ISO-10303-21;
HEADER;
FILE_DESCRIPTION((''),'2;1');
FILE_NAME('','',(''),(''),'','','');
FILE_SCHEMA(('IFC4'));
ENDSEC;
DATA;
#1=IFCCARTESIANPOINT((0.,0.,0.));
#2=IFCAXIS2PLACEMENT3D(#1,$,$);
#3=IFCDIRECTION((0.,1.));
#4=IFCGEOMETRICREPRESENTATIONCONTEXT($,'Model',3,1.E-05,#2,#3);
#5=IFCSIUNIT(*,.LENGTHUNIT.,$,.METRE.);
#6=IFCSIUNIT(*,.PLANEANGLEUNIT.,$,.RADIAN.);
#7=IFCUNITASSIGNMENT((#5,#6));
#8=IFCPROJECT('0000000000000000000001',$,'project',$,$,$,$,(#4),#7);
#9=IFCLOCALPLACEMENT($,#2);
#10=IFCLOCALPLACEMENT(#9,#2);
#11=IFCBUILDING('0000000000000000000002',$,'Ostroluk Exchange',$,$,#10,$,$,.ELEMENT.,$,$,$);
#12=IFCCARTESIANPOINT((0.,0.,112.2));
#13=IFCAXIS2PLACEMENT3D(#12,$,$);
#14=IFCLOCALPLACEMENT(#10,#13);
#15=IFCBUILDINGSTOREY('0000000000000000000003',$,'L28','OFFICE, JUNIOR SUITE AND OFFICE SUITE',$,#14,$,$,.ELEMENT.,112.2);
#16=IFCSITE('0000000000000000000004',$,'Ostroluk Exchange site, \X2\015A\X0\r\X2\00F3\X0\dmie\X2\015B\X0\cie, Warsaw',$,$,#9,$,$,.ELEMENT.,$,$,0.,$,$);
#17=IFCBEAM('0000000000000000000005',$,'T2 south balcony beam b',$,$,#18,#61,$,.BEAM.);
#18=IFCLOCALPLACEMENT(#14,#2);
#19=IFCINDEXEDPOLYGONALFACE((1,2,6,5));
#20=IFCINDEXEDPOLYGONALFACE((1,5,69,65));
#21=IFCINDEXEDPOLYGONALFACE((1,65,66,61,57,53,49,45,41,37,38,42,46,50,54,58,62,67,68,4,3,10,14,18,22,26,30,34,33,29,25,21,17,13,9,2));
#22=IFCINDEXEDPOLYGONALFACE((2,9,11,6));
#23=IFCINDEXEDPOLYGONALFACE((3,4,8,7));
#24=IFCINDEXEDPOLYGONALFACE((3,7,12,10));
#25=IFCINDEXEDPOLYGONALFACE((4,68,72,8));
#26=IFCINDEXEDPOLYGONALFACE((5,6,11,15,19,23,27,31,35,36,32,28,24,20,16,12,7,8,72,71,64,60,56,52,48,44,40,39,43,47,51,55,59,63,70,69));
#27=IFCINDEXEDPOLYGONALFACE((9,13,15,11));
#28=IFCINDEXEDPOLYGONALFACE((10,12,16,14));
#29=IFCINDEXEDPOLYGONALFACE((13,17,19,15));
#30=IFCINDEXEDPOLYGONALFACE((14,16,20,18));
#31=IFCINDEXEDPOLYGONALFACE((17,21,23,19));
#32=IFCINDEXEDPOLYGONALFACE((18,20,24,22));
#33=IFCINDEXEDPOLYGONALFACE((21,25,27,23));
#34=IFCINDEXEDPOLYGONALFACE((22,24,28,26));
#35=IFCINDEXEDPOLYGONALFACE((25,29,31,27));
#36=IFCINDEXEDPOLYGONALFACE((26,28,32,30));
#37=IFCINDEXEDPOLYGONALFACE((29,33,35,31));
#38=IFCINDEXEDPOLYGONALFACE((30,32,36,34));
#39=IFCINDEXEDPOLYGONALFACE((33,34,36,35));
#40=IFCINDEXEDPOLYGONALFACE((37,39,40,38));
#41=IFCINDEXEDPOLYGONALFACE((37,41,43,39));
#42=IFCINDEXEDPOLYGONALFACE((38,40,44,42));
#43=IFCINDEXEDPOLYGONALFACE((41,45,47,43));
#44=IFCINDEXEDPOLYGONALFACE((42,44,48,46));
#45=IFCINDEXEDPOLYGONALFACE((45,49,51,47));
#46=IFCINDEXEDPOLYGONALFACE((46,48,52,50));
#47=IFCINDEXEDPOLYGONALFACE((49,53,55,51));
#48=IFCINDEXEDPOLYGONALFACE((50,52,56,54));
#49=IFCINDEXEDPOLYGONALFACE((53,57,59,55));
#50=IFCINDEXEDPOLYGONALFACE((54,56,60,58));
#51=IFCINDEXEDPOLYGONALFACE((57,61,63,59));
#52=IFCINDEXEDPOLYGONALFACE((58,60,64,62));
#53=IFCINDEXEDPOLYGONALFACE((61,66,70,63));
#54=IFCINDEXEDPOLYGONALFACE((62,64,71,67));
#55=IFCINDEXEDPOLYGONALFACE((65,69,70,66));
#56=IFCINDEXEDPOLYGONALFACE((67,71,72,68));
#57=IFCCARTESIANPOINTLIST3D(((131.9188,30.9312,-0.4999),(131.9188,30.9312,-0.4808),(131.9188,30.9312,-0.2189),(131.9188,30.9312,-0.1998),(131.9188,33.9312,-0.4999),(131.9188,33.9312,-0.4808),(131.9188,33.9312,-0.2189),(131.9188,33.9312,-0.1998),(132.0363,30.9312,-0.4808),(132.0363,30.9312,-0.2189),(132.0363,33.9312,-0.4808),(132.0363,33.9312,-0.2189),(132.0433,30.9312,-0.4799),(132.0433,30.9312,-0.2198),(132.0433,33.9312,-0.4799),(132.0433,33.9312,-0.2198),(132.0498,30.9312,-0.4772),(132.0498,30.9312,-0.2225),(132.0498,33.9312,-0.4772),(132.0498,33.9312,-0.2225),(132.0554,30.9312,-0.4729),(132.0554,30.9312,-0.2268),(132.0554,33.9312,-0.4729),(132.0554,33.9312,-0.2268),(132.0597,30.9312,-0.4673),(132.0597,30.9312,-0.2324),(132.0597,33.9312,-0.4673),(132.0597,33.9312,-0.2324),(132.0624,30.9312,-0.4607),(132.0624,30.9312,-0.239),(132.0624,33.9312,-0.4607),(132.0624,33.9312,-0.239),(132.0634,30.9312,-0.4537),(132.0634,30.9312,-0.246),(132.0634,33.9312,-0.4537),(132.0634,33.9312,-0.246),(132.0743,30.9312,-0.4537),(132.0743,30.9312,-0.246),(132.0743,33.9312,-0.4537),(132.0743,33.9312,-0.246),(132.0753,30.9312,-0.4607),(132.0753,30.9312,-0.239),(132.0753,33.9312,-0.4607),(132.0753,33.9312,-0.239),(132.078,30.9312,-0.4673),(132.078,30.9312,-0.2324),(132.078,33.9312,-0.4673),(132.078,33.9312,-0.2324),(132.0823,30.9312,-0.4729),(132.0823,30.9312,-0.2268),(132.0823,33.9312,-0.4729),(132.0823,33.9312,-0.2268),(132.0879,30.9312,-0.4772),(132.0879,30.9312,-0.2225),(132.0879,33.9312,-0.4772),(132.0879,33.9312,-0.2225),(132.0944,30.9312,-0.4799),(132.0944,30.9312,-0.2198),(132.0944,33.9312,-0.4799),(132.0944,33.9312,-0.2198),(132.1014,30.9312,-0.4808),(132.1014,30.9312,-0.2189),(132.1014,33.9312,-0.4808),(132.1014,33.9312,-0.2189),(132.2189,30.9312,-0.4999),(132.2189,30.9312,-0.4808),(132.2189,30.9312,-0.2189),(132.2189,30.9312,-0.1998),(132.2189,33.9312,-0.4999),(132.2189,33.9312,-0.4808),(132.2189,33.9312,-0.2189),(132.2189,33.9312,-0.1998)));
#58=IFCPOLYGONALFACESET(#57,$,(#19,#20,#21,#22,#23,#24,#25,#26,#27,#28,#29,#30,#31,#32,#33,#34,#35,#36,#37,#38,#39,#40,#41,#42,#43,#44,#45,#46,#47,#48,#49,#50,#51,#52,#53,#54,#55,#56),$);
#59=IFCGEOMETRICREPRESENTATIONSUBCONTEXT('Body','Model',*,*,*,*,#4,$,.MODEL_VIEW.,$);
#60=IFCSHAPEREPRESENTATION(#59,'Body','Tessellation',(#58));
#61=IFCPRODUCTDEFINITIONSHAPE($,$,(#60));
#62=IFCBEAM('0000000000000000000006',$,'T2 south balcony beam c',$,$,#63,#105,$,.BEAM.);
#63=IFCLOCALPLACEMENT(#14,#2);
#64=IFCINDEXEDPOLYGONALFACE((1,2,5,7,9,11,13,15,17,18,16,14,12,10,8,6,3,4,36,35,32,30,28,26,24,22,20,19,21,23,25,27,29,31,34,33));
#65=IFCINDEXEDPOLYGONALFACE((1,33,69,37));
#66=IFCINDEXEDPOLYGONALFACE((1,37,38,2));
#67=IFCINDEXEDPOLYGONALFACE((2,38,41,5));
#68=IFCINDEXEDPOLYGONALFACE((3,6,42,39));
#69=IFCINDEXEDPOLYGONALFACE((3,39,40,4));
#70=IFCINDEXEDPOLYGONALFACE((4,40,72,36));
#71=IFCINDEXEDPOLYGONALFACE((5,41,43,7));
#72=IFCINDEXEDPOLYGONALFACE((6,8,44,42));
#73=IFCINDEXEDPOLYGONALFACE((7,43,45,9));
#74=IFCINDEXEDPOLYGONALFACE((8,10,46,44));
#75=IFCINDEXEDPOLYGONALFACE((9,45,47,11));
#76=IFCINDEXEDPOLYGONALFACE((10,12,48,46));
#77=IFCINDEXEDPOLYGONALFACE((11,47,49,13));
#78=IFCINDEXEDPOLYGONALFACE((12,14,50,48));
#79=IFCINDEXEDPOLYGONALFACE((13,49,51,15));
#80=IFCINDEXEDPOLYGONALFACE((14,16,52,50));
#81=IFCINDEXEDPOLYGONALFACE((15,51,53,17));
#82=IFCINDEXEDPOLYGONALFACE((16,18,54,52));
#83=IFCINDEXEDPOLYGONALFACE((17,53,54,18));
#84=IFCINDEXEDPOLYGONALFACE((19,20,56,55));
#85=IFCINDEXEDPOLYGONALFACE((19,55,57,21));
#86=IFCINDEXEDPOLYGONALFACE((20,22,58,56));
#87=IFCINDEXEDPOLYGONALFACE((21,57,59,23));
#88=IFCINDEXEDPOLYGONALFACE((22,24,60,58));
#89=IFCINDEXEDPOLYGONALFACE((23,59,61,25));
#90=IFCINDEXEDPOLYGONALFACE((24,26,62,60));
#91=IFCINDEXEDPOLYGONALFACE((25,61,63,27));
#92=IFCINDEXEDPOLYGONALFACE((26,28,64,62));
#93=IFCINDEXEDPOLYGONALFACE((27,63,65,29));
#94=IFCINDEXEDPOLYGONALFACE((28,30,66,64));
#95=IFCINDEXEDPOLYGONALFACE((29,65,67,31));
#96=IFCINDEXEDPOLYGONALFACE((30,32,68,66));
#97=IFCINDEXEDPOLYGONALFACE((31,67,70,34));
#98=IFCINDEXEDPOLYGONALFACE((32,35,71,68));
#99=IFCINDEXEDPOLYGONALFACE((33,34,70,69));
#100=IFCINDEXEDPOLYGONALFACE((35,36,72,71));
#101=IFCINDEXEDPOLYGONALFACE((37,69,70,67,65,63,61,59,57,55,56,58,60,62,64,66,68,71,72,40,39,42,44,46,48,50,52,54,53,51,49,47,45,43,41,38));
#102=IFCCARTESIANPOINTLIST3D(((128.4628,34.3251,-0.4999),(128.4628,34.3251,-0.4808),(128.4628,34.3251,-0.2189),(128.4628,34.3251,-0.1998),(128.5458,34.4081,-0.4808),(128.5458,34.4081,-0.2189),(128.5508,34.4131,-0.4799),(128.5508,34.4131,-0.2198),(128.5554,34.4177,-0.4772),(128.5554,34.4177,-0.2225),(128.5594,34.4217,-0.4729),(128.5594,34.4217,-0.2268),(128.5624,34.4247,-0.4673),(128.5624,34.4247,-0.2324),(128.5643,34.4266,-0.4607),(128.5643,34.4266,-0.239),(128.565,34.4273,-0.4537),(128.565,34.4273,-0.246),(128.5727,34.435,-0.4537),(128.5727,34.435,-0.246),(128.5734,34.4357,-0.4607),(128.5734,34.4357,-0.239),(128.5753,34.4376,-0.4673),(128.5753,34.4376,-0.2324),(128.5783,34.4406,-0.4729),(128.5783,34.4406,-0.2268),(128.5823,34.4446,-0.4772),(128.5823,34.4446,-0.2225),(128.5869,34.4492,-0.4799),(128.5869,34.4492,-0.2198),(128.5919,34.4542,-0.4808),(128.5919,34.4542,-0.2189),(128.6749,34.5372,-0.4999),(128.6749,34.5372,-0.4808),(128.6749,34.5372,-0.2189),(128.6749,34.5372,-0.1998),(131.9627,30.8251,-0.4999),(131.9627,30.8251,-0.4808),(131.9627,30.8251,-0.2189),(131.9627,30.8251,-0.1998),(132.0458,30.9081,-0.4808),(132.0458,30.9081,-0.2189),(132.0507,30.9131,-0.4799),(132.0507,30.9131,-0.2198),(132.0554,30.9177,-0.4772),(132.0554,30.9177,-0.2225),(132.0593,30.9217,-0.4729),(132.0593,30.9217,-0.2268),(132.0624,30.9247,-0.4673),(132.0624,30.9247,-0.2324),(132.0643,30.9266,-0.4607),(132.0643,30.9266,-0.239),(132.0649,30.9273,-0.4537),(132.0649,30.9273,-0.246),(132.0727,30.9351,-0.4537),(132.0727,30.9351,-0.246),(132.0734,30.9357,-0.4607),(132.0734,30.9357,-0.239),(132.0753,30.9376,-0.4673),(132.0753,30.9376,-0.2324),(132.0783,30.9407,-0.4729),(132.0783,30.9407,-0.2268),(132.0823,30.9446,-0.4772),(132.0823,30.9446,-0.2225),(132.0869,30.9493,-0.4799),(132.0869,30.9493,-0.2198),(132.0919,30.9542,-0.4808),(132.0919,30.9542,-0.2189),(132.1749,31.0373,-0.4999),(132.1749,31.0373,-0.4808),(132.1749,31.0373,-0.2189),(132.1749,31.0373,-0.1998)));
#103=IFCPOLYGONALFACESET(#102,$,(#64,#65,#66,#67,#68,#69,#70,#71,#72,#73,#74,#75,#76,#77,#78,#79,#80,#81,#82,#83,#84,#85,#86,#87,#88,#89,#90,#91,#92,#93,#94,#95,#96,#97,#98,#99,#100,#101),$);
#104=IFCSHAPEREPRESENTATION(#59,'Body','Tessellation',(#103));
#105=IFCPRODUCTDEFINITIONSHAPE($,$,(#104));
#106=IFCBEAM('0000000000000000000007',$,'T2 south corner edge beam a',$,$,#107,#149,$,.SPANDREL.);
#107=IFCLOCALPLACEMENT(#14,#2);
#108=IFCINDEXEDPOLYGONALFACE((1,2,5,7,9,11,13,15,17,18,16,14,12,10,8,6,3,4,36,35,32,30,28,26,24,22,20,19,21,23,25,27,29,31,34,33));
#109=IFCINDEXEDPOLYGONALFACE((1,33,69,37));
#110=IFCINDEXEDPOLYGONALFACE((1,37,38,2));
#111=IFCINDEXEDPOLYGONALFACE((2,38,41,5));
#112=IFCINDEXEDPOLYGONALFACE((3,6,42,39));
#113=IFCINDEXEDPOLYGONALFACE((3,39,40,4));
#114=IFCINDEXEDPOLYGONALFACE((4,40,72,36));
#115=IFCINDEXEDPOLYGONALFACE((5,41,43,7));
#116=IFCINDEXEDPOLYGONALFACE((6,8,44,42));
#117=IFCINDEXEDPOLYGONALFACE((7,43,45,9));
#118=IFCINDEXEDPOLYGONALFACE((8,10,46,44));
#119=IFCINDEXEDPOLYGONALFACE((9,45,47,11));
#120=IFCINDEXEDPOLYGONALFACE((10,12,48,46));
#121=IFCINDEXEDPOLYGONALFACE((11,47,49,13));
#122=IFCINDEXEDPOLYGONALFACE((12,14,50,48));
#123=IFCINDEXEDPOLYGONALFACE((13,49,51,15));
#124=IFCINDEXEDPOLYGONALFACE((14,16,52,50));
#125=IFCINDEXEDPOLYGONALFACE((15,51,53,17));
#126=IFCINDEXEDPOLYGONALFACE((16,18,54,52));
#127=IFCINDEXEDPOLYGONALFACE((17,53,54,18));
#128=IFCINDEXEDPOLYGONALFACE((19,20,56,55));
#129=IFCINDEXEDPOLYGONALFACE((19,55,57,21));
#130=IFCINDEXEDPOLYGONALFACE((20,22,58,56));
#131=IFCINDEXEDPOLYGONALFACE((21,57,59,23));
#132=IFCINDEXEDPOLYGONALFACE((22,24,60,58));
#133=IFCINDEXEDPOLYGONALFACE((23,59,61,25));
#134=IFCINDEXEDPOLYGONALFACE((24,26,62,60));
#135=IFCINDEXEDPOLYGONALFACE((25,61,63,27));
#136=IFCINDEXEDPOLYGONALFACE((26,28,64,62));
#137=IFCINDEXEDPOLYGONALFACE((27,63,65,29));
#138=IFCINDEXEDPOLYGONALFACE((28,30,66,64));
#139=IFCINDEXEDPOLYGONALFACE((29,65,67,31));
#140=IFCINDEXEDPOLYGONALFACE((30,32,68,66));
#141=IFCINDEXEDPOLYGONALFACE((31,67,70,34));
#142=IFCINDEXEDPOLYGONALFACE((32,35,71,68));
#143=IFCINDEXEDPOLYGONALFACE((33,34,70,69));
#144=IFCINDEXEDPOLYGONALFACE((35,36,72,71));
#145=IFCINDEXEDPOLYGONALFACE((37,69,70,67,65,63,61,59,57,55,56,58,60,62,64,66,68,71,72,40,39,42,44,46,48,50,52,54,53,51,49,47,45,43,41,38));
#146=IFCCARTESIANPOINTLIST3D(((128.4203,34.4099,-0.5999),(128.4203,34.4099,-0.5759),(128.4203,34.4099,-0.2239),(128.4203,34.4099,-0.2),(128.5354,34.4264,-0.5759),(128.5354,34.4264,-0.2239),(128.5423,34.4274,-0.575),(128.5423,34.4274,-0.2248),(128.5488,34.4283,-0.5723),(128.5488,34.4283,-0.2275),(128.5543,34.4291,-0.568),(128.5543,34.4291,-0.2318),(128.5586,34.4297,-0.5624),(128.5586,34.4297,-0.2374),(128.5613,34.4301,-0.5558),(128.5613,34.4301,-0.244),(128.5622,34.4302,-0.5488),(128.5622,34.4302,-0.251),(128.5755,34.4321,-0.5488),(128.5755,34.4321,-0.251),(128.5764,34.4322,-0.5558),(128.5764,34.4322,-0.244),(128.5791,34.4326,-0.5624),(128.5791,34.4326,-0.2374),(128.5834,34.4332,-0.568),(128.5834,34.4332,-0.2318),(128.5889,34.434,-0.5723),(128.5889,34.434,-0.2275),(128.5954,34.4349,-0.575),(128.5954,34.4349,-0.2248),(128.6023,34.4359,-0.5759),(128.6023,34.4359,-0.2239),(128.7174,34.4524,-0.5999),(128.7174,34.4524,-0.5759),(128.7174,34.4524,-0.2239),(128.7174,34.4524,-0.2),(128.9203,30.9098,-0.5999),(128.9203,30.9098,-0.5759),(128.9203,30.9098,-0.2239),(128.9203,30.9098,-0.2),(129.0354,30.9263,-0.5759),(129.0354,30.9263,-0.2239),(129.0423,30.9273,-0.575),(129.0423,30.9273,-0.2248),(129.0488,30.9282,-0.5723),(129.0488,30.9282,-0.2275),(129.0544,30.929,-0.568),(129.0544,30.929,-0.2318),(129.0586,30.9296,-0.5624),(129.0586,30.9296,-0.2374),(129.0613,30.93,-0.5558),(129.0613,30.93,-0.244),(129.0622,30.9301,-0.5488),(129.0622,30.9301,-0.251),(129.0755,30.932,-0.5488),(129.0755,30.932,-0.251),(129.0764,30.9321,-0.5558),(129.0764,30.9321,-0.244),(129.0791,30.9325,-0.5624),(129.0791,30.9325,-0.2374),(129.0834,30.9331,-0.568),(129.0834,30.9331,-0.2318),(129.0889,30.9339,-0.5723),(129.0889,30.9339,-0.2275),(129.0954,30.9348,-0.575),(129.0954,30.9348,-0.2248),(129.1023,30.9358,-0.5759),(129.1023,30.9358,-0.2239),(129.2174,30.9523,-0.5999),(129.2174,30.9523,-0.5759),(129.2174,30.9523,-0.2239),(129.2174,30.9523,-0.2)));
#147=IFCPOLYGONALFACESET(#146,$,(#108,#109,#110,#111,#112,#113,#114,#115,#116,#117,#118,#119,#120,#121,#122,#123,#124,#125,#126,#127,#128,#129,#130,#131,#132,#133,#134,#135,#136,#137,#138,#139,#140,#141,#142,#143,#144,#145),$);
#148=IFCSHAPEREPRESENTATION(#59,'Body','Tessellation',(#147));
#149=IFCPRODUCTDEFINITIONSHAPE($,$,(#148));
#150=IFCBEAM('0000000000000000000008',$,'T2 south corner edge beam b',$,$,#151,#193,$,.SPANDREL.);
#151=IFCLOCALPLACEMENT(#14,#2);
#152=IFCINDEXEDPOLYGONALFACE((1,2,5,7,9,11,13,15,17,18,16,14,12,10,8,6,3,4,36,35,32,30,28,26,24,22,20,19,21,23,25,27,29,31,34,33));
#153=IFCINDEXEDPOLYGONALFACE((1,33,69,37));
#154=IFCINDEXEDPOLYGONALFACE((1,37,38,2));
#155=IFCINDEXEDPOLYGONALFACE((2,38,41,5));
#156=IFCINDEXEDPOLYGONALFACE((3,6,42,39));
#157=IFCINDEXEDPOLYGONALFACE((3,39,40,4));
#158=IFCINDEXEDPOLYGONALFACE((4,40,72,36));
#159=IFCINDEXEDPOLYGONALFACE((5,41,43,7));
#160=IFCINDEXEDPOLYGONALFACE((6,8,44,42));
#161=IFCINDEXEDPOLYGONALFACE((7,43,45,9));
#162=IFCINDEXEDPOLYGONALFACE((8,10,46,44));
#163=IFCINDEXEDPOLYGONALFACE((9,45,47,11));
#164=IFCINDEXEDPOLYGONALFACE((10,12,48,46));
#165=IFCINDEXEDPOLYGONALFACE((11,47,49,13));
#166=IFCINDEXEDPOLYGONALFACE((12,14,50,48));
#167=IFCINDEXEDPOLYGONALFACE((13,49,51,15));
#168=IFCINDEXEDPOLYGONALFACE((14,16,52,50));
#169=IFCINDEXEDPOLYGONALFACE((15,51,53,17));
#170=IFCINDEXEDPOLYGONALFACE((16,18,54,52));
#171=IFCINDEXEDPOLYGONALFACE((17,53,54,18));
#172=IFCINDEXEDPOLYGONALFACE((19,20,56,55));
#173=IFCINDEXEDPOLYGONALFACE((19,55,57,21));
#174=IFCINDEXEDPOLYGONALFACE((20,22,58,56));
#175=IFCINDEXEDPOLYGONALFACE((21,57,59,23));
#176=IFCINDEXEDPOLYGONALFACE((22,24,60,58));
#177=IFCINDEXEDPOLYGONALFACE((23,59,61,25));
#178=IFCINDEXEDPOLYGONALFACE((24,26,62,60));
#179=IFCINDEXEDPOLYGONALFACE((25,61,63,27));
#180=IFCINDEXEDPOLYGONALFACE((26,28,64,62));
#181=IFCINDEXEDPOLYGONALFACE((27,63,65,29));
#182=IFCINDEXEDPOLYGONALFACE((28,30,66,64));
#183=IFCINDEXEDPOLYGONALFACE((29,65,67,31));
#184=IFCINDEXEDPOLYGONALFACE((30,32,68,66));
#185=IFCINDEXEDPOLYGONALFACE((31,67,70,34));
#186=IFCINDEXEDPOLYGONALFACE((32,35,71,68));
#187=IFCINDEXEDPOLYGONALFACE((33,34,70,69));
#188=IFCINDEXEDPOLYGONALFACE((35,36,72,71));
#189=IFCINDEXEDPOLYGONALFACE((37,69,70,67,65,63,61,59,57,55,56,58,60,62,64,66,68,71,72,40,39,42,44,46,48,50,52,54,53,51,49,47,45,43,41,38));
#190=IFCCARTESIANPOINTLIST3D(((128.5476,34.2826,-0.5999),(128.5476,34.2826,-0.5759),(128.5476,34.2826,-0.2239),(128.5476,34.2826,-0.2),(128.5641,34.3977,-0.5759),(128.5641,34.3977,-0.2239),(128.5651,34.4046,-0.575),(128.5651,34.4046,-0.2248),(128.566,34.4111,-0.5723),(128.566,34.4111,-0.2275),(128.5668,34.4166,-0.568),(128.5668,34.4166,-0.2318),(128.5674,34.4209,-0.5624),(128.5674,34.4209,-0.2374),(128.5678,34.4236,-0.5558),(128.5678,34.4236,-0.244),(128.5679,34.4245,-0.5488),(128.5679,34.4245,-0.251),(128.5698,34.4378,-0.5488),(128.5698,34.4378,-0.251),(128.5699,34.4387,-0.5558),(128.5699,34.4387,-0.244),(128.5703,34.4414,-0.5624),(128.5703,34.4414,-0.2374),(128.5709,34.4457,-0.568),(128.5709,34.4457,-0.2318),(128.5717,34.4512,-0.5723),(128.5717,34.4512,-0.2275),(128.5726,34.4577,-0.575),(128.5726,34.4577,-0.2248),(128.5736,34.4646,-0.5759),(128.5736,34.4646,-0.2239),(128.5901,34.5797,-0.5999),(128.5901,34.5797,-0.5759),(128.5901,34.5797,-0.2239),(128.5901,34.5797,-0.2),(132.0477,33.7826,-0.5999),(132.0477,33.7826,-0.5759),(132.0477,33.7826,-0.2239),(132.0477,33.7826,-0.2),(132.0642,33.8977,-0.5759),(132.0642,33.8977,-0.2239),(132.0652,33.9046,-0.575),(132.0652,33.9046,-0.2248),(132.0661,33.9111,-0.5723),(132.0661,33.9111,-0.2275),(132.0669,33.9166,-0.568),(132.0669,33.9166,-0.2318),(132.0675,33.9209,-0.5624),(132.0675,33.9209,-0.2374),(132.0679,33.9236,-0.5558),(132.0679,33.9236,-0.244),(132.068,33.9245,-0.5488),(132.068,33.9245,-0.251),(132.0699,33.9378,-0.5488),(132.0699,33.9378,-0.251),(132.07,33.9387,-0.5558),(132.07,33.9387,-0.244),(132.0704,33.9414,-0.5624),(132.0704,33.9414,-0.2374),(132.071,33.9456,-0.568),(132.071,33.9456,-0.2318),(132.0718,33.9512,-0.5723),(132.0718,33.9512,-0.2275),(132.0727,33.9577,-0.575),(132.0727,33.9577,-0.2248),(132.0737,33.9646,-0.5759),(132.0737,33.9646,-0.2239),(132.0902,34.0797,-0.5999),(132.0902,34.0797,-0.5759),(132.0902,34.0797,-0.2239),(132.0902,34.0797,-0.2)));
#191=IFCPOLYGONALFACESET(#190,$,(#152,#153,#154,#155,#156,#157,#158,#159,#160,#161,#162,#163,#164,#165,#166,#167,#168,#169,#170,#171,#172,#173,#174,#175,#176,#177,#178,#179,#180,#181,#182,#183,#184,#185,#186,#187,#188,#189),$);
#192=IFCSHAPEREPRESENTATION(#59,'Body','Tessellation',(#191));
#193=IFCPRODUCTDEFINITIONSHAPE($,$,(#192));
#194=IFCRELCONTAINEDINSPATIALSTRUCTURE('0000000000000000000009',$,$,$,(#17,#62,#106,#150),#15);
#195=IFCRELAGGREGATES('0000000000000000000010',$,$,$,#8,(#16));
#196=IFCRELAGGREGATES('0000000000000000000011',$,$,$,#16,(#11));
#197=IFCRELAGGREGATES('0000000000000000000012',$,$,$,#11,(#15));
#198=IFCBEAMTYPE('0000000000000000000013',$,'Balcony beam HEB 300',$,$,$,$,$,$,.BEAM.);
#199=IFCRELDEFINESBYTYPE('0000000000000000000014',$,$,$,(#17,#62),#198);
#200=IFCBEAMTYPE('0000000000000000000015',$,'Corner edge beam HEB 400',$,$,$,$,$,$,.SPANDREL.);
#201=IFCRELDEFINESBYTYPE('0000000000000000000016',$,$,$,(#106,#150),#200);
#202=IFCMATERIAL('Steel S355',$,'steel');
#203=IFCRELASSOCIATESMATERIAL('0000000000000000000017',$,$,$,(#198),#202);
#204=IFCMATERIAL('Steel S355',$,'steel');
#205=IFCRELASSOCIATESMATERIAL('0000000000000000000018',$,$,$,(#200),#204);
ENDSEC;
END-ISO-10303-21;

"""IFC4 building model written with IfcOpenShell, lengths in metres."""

from ifc_helpers import new_model, si_unit, direction, frame, origin, origin_2d, place, context, subcontext, project, spatial, i_section, extrude, material, material_profile, profile_set, type_object, element, save


model = new_model("IFC4")

# Units and contexts
model_context = context("Model", 3, precision=1e-05, world=origin(), true_north=direction((0.0, 1.0)))
body_context = subcontext(model_context, "Body", "Model", "MODEL_VIEW")
ifc_project = project(units=[si_unit("LENGTHUNIT", "METRE"), si_unit("PLANEANGLEUNIT", "RADIAN")], contexts=[model_context])

# Site, building, storey
site_placement = place(None, origin())
site = spatial("IfcSite", under=ifc_project, at=site_placement, Name="Ostroluk Exchange site, Śródmieście, Warsaw", CompositionType="ELEMENT", RefElevation=0.0)
building_placement = place(site_placement, origin())
building = spatial("IfcBuilding", under=site, at=building_placement, Name="Ostroluk Exchange", CompositionType="ELEMENT")
storey_placement = place(building_placement, frame((0.0, 0.0, 112.2)))
storey = spatial("IfcBuildingStorey", under=building, at=storey_placement, Name="L28", Description="OFFICE, JUNIOR SUITE AND OFFICE SUITE", CompositionType="ELEMENT", Elevation=112.2)

# Beams
ifc_material_1 = material(Name="Steel S355", Category="steel")
ifc_material_profile_1 = material_profile(ifc_material_1, i_section(OverallWidth=0.3, OverallDepth=0.3, WebThickness=0.011, FlangeThickness=0.019, FilletRadius=0.0271, at=origin_2d()), Name="HEB 300")
ifc_profile_set_1 = profile_set([ifc_material_profile_1], Name="Steel S355")
beam_type_1 = type_object("IfcBeamType", Name="Balcony beam HEB 300", PredefinedType="BEAM", material=ifc_profile_set_1)
for number, where, z_axis, x_axis, name in (
    (1, (132.0688, 33.9312, -0.3499), (0.0, -1.0, 0.0), (1.0, 0.0, 0.0), "T2 south balcony beam b"),
):
    element("IfcBeam", number, at=place(storey_placement, frame(where, z_axis=z_axis, x_axis=x_axis)), inside=storey, type_object=beam_type_1, Name=name, PredefinedType="BEAM", context=body_context, shape_type="SweptSolid", body=[
        extrude(i_section(OverallWidth=0.3, OverallDepth=0.3, WebThickness=0.011, FlangeThickness=0.019, FilletRadius=0.0271, at=origin_2d()), origin(), (0.0, 0.0, 1.0), 3.0),
    ])
beam_1_placement = place(storey_placement, frame((128.5688, 34.4312, -0.3499), z_axis=(0.707107, -0.707107, 0.0), x_axis=(0.707107, 0.707107, 0.0)))
element("IfcBeam", 2, at=beam_1_placement, inside=storey, type_object=beam_type_1, Name="T2 south balcony beam c", PredefinedType="BEAM", context=body_context, shape_type="SweptSolid", body=[
    extrude(i_section(OverallWidth=0.3, OverallDepth=0.3, WebThickness=0.011, FlangeThickness=0.019, FilletRadius=0.0271, at=origin_2d()), origin(), (0.0, 0.0, 1.0), 4.9497),
])
ifc_material_2 = material(Name="Steel S355", Category="steel")
ifc_material_profile_2 = material_profile(ifc_material_2, i_section(OverallWidth=0.3, OverallDepth=0.3999, WebThickness=0.0134, FlangeThickness=0.0239, FilletRadius=0.0271, at=origin_2d()), Name="HEB 400")
ifc_profile_set_2 = profile_set([ifc_material_profile_2], Name="Steel S355")
beam_type_2 = type_object("IfcBeamType", Name="Corner edge beam HEB 400", PredefinedType="SPANDREL", material=ifc_profile_set_2)
for number, where, z_axis, x_axis, name in (
    (3, (128.5688, 34.4312, -0.3999), (0.141421, -0.989949, 0.0), (0.989949, 0.141421, 0.0), "T2 south corner edge beam a"),
    (4, (128.5688, 34.4312, -0.3999), (0.989949, -0.141421, 0.0), (0.141421, 0.989949, 0.0), "T2 south corner edge beam b"),
):
    element("IfcBeam", number, at=place(storey_placement, frame(where, z_axis=z_axis, x_axis=x_axis)), inside=storey, type_object=beam_type_2, Name=name, PredefinedType="SPANDREL", context=body_context, shape_type="SweptSolid", body=[
        extrude(i_section(OverallWidth=0.3, OverallDepth=0.3999, WebThickness=0.0134, FlangeThickness=0.0239, FilletRadius=0.0271, at=origin_2d()), origin(), (0.0, 0.0, 1.0), 3.5356),
    ])

save(model, "model.ifc")
